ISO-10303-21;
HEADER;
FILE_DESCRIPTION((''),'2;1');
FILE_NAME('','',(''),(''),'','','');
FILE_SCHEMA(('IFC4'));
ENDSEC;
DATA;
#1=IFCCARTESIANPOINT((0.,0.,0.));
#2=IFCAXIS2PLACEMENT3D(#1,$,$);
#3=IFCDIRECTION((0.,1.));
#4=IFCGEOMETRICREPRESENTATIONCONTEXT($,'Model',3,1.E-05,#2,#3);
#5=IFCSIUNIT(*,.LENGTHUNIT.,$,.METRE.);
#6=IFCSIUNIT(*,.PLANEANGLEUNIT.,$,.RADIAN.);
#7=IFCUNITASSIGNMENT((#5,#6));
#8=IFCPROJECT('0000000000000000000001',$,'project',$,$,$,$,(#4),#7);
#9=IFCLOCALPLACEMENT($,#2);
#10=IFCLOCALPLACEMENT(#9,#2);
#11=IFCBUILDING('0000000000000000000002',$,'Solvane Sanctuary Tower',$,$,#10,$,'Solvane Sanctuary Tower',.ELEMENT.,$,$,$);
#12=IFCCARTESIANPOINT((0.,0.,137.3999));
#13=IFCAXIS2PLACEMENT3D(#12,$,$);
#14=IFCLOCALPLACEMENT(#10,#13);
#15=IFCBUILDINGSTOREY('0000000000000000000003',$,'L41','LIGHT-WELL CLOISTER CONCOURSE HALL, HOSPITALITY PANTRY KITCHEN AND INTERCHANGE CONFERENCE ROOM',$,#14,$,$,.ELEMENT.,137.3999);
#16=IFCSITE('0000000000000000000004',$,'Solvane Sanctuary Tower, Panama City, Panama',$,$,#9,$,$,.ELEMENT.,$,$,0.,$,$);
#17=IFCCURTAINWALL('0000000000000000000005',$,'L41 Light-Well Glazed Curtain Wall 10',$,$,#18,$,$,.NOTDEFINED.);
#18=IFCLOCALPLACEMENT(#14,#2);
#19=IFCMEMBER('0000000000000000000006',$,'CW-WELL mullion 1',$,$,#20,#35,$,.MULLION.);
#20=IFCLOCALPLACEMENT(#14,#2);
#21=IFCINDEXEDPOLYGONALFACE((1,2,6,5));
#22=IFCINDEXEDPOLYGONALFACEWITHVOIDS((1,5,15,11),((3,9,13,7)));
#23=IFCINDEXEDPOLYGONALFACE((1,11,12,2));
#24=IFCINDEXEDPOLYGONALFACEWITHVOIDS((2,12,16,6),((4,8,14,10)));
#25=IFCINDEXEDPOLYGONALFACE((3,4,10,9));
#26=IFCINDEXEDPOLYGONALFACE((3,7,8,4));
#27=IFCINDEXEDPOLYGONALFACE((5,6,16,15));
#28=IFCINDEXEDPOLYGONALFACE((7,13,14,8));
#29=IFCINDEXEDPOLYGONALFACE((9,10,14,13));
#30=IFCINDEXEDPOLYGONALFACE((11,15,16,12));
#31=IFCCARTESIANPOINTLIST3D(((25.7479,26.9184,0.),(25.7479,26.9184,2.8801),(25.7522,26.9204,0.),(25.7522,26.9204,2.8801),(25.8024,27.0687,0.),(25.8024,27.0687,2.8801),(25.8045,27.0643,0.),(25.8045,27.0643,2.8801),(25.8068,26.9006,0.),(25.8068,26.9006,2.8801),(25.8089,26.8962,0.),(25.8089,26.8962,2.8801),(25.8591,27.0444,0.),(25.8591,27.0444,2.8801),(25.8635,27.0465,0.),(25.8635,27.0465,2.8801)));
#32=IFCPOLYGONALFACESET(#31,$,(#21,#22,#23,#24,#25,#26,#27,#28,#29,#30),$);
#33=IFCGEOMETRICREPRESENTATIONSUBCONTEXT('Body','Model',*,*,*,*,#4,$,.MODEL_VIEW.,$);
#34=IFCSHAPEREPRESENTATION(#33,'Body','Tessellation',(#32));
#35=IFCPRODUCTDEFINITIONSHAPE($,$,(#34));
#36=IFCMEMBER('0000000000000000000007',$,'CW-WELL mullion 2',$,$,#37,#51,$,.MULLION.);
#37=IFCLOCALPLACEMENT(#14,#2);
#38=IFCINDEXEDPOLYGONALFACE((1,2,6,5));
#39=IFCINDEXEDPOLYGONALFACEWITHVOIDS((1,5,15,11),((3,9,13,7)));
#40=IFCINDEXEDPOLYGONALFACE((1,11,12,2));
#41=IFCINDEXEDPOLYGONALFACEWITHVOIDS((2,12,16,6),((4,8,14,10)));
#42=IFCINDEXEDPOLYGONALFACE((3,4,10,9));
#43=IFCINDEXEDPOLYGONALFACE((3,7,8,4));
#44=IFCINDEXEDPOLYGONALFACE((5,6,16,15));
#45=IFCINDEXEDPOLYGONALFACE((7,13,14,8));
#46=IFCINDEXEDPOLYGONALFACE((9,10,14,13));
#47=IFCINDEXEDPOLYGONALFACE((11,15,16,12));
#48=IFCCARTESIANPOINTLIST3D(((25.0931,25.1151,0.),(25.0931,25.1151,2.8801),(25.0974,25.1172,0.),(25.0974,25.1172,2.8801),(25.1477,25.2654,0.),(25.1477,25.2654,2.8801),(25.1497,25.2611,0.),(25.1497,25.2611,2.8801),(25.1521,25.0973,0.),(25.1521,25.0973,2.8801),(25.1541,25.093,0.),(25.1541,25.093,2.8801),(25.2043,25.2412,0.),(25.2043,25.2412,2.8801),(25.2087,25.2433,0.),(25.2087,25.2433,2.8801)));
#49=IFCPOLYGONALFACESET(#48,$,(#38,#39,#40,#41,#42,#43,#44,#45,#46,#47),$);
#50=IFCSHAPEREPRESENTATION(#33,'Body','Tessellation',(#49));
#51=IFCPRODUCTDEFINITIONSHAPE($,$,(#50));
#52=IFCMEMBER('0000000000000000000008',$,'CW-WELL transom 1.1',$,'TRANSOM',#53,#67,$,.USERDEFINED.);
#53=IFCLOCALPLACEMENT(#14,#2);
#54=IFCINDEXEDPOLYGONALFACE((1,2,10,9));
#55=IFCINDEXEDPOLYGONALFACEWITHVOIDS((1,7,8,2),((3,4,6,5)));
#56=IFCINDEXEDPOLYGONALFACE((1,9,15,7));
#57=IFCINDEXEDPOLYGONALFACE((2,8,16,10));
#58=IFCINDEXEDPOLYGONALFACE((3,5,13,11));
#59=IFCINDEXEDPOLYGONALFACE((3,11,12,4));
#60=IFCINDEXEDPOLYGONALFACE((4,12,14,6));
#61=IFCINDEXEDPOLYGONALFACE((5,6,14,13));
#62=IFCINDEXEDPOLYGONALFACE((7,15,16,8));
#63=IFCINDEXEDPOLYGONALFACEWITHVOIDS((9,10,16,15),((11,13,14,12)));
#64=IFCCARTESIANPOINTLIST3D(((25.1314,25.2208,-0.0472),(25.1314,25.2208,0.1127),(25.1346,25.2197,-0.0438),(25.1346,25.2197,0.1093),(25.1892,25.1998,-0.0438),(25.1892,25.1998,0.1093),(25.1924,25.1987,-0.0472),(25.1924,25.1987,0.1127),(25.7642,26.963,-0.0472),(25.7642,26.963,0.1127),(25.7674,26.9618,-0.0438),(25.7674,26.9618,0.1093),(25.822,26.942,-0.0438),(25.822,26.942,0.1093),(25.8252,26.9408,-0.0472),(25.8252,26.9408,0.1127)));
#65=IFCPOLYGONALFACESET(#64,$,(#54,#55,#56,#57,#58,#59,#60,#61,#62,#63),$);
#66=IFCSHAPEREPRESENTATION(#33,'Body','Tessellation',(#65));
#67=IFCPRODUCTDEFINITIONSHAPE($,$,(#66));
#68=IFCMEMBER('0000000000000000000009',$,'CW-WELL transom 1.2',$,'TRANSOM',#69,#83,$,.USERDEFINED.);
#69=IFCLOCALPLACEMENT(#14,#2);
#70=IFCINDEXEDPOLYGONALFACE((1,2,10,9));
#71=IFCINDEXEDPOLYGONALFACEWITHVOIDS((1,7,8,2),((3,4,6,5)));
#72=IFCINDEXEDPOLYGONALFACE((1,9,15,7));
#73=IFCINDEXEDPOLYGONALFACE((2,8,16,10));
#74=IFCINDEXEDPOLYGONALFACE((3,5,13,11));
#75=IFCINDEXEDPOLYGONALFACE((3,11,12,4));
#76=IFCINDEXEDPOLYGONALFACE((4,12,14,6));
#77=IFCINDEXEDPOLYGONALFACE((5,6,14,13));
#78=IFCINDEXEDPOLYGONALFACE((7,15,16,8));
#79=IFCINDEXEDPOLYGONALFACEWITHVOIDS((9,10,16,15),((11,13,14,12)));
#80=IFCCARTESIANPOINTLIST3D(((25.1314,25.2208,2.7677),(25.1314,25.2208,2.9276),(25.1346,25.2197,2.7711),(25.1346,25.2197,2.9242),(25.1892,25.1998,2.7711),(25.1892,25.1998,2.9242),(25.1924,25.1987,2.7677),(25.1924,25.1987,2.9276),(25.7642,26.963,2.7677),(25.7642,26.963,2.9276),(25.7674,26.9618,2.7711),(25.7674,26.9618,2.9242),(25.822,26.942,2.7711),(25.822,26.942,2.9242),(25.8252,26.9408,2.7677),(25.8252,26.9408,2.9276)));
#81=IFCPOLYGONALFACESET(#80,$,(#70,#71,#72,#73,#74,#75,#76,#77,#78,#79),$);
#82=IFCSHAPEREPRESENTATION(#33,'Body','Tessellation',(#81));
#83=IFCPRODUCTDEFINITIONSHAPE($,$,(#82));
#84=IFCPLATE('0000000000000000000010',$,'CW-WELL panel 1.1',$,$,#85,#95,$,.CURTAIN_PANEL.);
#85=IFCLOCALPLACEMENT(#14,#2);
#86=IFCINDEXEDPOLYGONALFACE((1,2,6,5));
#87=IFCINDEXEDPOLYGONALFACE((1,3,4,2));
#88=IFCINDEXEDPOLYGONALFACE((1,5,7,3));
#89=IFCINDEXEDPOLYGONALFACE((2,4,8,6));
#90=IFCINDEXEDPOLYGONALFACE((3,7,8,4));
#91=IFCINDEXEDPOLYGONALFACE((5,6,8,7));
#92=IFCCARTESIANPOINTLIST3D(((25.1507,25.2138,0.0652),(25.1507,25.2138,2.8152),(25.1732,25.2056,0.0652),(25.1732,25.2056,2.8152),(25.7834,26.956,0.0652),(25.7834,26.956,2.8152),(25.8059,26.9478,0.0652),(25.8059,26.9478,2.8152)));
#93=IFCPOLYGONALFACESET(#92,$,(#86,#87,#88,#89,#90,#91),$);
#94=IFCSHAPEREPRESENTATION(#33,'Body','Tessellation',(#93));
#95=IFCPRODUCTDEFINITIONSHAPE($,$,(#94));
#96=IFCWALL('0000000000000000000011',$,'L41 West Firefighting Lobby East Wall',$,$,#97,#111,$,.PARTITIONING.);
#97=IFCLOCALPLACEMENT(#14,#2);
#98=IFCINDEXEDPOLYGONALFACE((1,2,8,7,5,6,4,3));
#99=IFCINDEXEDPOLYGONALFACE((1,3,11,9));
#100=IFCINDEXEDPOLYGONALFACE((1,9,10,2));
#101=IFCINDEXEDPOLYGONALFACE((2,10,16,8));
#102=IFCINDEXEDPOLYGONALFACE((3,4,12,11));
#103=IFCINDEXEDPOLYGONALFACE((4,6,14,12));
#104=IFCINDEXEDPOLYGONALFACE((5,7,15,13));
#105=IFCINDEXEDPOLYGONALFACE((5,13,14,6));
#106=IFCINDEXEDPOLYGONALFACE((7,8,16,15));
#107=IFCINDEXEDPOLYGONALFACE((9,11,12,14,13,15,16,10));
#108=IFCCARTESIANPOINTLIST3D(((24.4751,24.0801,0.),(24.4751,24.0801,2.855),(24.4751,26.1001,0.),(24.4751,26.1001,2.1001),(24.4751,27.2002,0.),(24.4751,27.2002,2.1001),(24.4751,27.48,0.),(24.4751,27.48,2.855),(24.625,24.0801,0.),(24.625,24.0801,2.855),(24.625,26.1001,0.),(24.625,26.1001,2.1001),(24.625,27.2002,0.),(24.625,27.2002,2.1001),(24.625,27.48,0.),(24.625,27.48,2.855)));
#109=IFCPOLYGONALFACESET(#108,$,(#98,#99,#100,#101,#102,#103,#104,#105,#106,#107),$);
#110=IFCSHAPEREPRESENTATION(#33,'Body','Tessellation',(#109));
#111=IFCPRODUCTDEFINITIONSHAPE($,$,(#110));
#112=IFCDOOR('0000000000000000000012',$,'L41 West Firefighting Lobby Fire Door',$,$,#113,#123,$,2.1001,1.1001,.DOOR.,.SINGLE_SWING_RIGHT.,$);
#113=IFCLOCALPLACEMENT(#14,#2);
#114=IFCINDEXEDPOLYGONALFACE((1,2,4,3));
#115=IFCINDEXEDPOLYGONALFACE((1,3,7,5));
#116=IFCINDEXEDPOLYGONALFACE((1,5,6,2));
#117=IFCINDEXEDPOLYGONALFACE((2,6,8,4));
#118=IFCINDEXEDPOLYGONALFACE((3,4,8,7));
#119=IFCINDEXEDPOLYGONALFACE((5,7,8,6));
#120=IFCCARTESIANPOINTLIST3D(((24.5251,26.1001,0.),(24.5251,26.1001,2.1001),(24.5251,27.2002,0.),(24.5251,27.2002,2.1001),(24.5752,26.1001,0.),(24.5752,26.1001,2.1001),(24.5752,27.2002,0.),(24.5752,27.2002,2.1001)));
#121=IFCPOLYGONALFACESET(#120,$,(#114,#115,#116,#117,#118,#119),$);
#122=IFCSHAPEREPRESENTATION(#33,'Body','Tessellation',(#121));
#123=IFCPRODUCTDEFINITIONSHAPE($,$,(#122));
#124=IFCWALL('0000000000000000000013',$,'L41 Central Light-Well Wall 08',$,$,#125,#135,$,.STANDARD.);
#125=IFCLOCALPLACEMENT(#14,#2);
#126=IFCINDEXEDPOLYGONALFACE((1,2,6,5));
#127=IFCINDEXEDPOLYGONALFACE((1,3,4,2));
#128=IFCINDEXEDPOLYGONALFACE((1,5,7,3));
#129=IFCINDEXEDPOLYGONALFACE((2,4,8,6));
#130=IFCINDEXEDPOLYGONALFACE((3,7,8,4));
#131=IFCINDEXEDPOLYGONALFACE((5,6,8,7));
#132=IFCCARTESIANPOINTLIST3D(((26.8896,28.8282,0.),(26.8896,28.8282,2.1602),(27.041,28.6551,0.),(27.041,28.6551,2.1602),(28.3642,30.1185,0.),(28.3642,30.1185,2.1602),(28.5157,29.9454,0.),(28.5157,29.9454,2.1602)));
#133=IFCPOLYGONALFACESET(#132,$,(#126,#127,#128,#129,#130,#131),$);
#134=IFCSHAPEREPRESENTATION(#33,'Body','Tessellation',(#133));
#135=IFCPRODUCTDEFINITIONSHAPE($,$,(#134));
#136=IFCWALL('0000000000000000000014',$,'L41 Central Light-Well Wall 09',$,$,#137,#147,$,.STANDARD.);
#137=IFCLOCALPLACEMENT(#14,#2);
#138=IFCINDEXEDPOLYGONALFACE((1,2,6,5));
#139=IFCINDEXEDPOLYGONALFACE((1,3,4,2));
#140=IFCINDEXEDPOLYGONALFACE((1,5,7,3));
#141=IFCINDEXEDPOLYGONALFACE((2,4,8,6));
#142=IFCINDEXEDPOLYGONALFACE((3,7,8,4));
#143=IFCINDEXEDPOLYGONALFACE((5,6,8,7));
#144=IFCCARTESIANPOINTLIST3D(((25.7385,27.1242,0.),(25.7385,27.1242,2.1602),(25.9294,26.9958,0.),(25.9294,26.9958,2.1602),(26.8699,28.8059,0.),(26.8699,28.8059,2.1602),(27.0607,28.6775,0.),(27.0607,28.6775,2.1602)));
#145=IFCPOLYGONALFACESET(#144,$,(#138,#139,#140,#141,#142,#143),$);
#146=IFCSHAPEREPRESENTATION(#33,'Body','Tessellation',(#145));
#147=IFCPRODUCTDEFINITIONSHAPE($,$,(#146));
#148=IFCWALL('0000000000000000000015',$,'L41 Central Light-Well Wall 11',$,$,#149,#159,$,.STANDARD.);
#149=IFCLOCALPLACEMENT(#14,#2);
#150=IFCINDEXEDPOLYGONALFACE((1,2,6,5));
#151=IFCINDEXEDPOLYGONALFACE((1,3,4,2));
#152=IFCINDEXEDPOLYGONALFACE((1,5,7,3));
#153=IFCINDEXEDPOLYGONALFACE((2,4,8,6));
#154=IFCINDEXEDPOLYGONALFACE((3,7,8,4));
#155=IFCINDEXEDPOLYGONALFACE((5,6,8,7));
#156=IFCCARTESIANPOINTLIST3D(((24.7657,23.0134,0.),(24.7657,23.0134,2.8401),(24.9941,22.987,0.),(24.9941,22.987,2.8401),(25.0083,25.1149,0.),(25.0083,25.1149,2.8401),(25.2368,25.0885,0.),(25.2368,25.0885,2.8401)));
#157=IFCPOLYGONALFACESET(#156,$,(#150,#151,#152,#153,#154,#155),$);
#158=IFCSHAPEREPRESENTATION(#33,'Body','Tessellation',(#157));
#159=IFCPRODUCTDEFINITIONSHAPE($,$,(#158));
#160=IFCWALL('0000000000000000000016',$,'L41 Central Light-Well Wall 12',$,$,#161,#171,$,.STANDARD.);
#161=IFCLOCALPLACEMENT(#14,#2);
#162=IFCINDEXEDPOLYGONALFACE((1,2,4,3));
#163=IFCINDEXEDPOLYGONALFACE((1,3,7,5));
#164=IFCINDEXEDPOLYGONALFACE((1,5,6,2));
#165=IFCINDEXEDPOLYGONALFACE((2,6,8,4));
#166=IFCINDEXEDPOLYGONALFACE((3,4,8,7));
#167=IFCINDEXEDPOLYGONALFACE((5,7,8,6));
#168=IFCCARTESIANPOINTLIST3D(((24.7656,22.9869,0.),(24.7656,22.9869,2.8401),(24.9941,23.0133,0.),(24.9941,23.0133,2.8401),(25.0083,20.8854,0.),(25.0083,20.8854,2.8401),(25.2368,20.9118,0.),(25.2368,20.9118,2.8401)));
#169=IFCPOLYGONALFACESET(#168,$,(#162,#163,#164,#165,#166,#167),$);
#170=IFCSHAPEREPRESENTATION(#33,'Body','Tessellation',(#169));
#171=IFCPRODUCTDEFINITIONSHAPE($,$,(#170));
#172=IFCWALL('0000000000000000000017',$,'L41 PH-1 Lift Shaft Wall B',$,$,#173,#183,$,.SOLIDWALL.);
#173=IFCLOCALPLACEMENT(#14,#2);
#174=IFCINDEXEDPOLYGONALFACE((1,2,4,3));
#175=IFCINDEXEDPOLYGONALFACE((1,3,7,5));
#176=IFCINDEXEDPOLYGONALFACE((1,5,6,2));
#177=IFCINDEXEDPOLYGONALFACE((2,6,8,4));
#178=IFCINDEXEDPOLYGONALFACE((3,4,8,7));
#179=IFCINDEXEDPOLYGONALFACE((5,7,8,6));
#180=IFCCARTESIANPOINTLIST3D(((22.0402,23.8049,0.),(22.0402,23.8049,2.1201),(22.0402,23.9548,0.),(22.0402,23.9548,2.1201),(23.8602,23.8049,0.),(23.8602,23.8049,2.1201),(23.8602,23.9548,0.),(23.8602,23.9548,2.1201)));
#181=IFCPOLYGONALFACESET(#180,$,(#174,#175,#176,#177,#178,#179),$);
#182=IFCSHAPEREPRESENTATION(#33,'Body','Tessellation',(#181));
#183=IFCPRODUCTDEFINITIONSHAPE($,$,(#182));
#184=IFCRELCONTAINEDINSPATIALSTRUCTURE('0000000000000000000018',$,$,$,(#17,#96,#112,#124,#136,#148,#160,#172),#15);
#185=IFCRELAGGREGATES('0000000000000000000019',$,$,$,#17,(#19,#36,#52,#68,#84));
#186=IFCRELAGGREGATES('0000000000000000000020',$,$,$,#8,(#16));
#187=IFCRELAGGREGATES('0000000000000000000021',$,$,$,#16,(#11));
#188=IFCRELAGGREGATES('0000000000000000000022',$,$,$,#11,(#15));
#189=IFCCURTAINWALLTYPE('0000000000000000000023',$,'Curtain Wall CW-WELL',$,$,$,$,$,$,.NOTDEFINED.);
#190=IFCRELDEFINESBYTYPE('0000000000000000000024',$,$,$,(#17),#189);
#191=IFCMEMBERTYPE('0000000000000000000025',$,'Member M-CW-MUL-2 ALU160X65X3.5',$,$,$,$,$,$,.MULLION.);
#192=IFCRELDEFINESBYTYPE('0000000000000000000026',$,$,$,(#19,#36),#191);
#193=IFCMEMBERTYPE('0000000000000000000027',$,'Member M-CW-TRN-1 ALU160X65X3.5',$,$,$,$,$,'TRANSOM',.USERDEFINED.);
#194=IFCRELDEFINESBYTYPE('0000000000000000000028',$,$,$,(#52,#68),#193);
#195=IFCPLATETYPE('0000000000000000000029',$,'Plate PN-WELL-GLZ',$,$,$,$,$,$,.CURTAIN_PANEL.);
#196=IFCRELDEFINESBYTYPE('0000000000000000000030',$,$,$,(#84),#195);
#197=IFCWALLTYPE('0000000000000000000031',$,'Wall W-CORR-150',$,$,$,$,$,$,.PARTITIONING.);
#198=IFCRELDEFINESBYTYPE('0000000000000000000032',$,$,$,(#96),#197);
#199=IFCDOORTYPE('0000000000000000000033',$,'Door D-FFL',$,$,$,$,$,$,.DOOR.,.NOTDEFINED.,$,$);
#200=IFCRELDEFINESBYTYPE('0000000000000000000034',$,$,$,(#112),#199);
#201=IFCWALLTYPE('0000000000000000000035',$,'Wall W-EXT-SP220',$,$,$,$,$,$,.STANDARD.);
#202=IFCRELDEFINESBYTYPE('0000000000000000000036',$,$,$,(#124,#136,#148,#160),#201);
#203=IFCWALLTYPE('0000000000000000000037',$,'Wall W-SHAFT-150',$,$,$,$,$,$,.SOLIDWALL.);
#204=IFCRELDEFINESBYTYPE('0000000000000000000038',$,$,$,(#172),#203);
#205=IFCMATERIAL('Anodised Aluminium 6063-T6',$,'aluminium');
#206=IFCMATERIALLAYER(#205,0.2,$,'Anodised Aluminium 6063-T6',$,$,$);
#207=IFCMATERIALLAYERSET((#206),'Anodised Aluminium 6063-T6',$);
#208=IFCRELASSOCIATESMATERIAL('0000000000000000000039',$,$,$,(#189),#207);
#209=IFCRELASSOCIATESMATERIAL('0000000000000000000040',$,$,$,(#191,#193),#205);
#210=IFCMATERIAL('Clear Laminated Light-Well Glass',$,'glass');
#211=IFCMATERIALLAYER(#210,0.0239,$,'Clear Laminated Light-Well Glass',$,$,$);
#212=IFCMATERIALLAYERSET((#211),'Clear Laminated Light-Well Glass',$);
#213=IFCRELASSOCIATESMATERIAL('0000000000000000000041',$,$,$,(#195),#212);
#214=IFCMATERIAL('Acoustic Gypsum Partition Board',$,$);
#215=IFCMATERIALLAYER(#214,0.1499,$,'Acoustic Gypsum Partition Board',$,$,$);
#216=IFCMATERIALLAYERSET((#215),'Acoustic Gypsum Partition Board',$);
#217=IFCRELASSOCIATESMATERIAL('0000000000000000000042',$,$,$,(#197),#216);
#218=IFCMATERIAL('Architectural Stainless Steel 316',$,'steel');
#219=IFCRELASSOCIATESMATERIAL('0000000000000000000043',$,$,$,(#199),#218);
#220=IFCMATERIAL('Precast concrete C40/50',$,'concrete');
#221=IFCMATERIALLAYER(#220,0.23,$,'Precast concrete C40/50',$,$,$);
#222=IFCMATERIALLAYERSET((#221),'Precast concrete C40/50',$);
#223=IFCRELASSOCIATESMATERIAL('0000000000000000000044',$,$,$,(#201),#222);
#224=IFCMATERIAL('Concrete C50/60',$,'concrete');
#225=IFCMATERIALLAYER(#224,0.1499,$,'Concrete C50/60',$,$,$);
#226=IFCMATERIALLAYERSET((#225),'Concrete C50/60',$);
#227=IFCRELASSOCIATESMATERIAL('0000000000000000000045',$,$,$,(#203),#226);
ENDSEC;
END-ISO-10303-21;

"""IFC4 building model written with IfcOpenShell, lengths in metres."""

from ifc_helpers import new_model, si_unit, direction, frame, frame_2d, origin, origin_2d, place, context, subcontext, project, spatial, rectangle, hollow_rectangle, extrude, material, layer, layer_set, material_profile, profile_set, type_object, element, fill, aggregate, save


model = new_model("IFC4")

# Units and contexts
model_context = context("Model", 3, precision=1e-05, world=origin(), true_north=direction((0.0, 1.0)))
body_context = subcontext(model_context, "Body", "Model", "MODEL_VIEW")
ifc_project = project(units=[si_unit("LENGTHUNIT", "METRE"), si_unit("PLANEANGLEUNIT", "RADIAN")], contexts=[model_context])

# Site, building, storey
site_placement = place(None, origin())
site = spatial("IfcSite", under=ifc_project, at=site_placement, Name="Solvane Sanctuary Tower, Panama City, Panama", CompositionType="ELEMENT", RefElevation=0.0)
building_placement = place(site_placement, origin())
building = spatial("IfcBuilding", under=site, at=building_placement, Name="Solvane Sanctuary Tower", LongName="Solvane Sanctuary Tower", CompositionType="ELEMENT")
storey_placement = place(building_placement, frame((0.0, 0.0, 137.3999)))
storey = spatial("IfcBuildingStorey", under=building, at=storey_placement, Name="L41", Description="LIGHT-WELL CLOISTER CONCOURSE HALL, HOSPITALITY PANTRY KITCHEN AND INTERCHANGE CONFERENCE ROOM", CompositionType="ELEMENT", Elevation=137.3999)

# Shared definitions
ifc_material_1 = material(Name="Concrete C50/60", Category="concrete")

# Curtain wall, members, plate
ifc_material_2 = material(Name="Anodised Aluminium 6063-T6", Category="aluminium")
ifc_layer_1 = layer(ifc_material_2, 0.2, Name="Anodised Aluminium 6063-T6")
ifc_layer_set_1 = layer_set([ifc_layer_1], Name="Anodised Aluminium 6063-T6")
curtain_wall_type = type_object("IfcCurtainWallType", Name="Curtain Wall CW-WELL", PredefinedType="NOTDEFINED", material=ifc_layer_set_1)
curtain_wall_placement = place(storey_placement, origin())
curtain_wall = element("IfcCurtainWall", 1, at=curtain_wall_placement, inside=storey, type_object=curtain_wall_type, Name="L41 Light-Well Glazed Curtain Wall 10", PredefinedType="NOTDEFINED")
ifc_material_profile_1 = material_profile(ifc_material_2, hollow_rectangle(XDim=0.0649, YDim=0.1599, WallThickness=0.0034, at=origin_2d()), Name="ALU160X65X3.5")
ifc_profile_set_1 = profile_set([ifc_material_profile_1], Name="Anodised Aluminium 6063-T6")
member_type_1 = type_object("IfcMemberType", Name="Member M-CW-MUL-2 ALU160X65X3.5", PredefinedType="MULLION", material=ifc_profile_set_1)
member_1_placement = place(storey_placement, frame((25.8057, 26.9824, 0.0), z_axis=(0.0, 0.0, 1.0), x_axis=(0.939933, -0.341358, 0.0)))
member_1 = element("IfcMember", 2, at=member_1_placement, type_object=member_type_1, Name="CW-WELL mullion 1", PredefinedType="MULLION", context=body_context, shape_type="SweptSolid", body=[
    extrude(hollow_rectangle(XDim=0.0649, YDim=0.1599, WallThickness=0.0034, at=origin_2d()), origin(), (0.0, 0.0, 1.0), 2.8801),
])
member_2_placement = place(storey_placement, frame((25.1509, 25.1792, 0.0), z_axis=(0.0, 0.0, 1.0), x_axis=(0.939933, -0.341358, 0.0)))
member_2 = element("IfcMember", 3, at=member_2_placement, type_object=member_type_1, Name="CW-WELL mullion 2", PredefinedType="MULLION", context=body_context, shape_type="SweptSolid", body=[
    extrude(hollow_rectangle(XDim=0.0649, YDim=0.1599, WallThickness=0.0034, at=origin_2d()), origin(), (0.0, 0.0, 1.0), 2.8801),
])
ifc_material_profile_2 = material_profile(ifc_material_2, hollow_rectangle(XDim=0.0649, YDim=0.1599, WallThickness=0.0034, at=origin_2d()), Name="ALU160X65X3.5")
ifc_profile_set_2 = profile_set([ifc_material_profile_2], Name="Anodised Aluminium 6063-T6")
member_type_2 = type_object("IfcMemberType", Name="Member M-CW-TRN-1 ALU160X65X3.5", ElementType="TRANSOM", PredefinedType="USERDEFINED", material=ifc_profile_set_2)
member_3_placement = place(storey_placement, frame((25.7947, 26.9519, 0.0327), z_axis=(-0.341405, -0.939916, 0.0), x_axis=(0.939916, -0.341405, 0.0)))
member_3 = element("IfcMember", 4, at=member_3_placement, type_object=member_type_2, Name="CW-WELL transom 1.1", ObjectType="TRANSOM", PredefinedType="USERDEFINED", context=body_context, shape_type="SweptSolid", body=[
    extrude(hollow_rectangle(XDim=0.0649, YDim=0.1599, WallThickness=0.0034, at=origin_2d()), origin(), (0.0, 0.0, 1.0), 1.8535),
])
member_4_placement = place(storey_placement, frame((25.7947, 26.9519, 2.8477), z_axis=(-0.341405, -0.939916, 0.0), x_axis=(0.939916, -0.341405, 0.0)))
member_4 = element("IfcMember", 5, at=member_4_placement, type_object=member_type_2, Name="CW-WELL transom 1.2", ObjectType="TRANSOM", PredefinedType="USERDEFINED", context=body_context, shape_type="SweptSolid", body=[
    extrude(hollow_rectangle(XDim=0.0649, YDim=0.1599, WallThickness=0.0034, at=origin_2d()), origin(), (0.0, 0.0, 1.0), 1.8535),
])
ifc_material_3 = material(Name="Clear Laminated Light-Well Glass", Category="glass")
ifc_layer_2 = layer(ifc_material_3, 0.0239, Name="Clear Laminated Light-Well Glass")
ifc_layer_set_2 = layer_set([ifc_layer_2], Name="Clear Laminated Light-Well Glass")
plate_type = type_object("IfcPlateType", Name="Plate PN-WELL-GLZ", PredefinedType="CURTAIN_PANEL", material=ifc_layer_set_2)
plate_placement = place(storey_placement, frame((25.4783, 26.0808, 0.0652), z_axis=(0.0, 0.0, 1.0), x_axis=(-0.341358, -0.939933, 0.0)))
plate = element("IfcPlate", 6, at=plate_placement, type_object=plate_type, Name="CW-WELL panel 1.1", PredefinedType="CURTAIN_PANEL", context=body_context, shape_type="SweptSolid", body=[
    extrude(rectangle(XDim=1.8535, YDim=0.0239, at=origin_2d()), origin(), (0.0, 0.0, 1.0), 2.75),
])
aggregate(curtain_wall, [member_1, member_2, member_3, member_4, plate])

# Wall, opening, door
ifc_material_4 = material(Name="Acoustic Gypsum Partition Board")
ifc_layer_3 = layer(ifc_material_4, 0.1499, Name="Acoustic Gypsum Partition Board")
ifc_layer_set_3 = layer_set([ifc_layer_3], Name="Acoustic Gypsum Partition Board")
wall_type_1 = type_object("IfcWallType", Name="Wall W-CORR-150", PredefinedType="PARTITIONING", material=ifc_layer_set_3)
wall_1_placement = place(storey_placement, frame((24.55, 24.0801, 0.0), z_axis=(0.0, 0.0, 1.0), x_axis=(0.0, 1.0, 0.0)))
wall_1 = element("IfcWall", 7, at=wall_1_placement, inside=storey, type_object=wall_type_1, Name="L41 West Firefighting Lobby East Wall", PredefinedType="PARTITIONING", context=body_context, shape_type="SweptSolid", body=[
    extrude(rectangle(XDim=3.3999, YDim=0.1499, at=frame_2d((1.7, 0.0))), origin(), (0.0, 0.0, 1.0), 2.855),
])
opening_1_placement = place(wall_1_placement, frame((2.02, 0.0, 0.0)))
opening_1 = element("IfcOpeningElement", 8, at=opening_1_placement, cuts=wall_1, PredefinedType="OPENING", context=body_context, shape_type="SweptSolid", body=[
    extrude(rectangle(XDim=1.1001, YDim=2.1001, at=frame_2d((0.55, 1.05))), frame((0.0, 0.085, 0.0), z_axis=(0.0, -1.0, 0.0), x_axis=(1.0, 0.0, 0.0)), (0.0, 0.0, 1.0), 0.1699),
])
ifc_material_5 = material(Name="Architectural Stainless Steel 316", Category="steel")
door_type_1 = type_object("IfcDoorType", Name="Door D-FFL", OperationType="NOTDEFINED", PredefinedType="DOOR", material=ifc_material_5)
door_1_placement = place(opening_1_placement, origin())
door_1 = element("IfcDoor", 9, at=door_1_placement, inside=storey, type_object=door_type_1, Name="L41 West Firefighting Lobby Fire Door", OperationType="SINGLE_SWING_RIGHT", OverallHeight=2.1001, OverallWidth=1.1001, PredefinedType="DOOR", context=body_context, shape_type="SweptSolid", body=[
    extrude(rectangle(XDim=1.1001, YDim=2.1001, at=frame_2d((0.55, 1.05))), frame((0.0, 0.0249, 0.0), z_axis=(0.0, -1.0, 0.0), x_axis=(1.0, 0.0, 0.0)), (0.0, 0.0, 1.0), 0.05),
])
fill(opening_1, door_1)

# Walls
ifc_material_6 = material(Name="Precast concrete C40/50", Category="concrete")
ifc_layer_4 = layer(ifc_material_6, 0.23, Name="Precast concrete C40/50")
ifc_layer_set_4 = layer_set([ifc_layer_4], Name="Precast concrete C40/50")
wall_type_2 = type_object("IfcWallType", Name="Wall W-EXT-SP220", PredefinedType="STANDARD", material=ifc_layer_set_4)
wall_2_placement = place(storey_placement, frame((28.4399, 30.032, 0.0), z_axis=(0.0, 0.0, 1.0), x_axis=(-0.752577, -0.658505, 0.0)))
element("IfcWall", 10, at=wall_2_placement, inside=storey, type_object=wall_type_2, Name="L41 Central Light-Well Wall 08", PredefinedType="STANDARD", context=body_context, shape_type="SweptSolid", body=[
    extrude(rectangle(XDim=1.9595, YDim=0.23, at=frame_2d((0.9797, 0.0))), origin(), (0.0, 0.0, 1.0), 2.1602),
])
wall_3_placement = place(storey_placement, frame((26.9653, 28.7417, 0.0), z_axis=(0.0, 0.0, 1.0), x_axis=(-0.558198, -0.829708, 0.0)))
element("IfcWall", 11, at=wall_3_placement, inside=storey, type_object=wall_type_2, Name="L41 Central Light-Well Wall 09", PredefinedType="STANDARD", context=body_context, shape_type="SweptSolid", body=[
    extrude(rectangle(XDim=2.0269, YDim=0.23, at=frame_2d((1.0134, 0.0))), origin(), (0.0, 0.0, 1.0), 2.1602),
])
for number, where, z_axis, x_axis, name in (
    (12, (25.1226, 25.1016, 0.0), (0.0, 0.0, 1.0), (-0.114712, -0.993399, 0.0), "L41 Central Light-Well Wall 11"),
    (13, (24.8799, 23.0, 0.0), (0.0, 0.0, 1.0), (0.114712, -0.993399, 0.0), "L41 Central Light-Well Wall 12"),
):
    element("IfcWall", number, at=place(storey_placement, frame(where, z_axis=z_axis, x_axis=x_axis)), inside=storey, type_object=wall_type_2, Name=name, PredefinedType="STANDARD", context=body_context, shape_type="SweptSolid", body=[
        extrude(rectangle(XDim=2.1155, YDim=0.23, at=frame_2d((1.0576, 0.0))), origin(), (0.0, 0.0, 1.0), 2.8401),
    ])
ifc_layer_5 = layer(ifc_material_1, 0.1499, Name="Concrete C50/60")
ifc_layer_set_5 = layer_set([ifc_layer_5], Name="Concrete C50/60")
wall_type_3 = type_object("IfcWallType", Name="Wall W-SHAFT-150", PredefinedType="SOLIDWALL", material=ifc_layer_set_5)
wall_4_placement = place(storey_placement, frame((22.04, 23.8799, 0.0), z_axis=(0.0, 0.0, 1.0), x_axis=(1.0, 0.0, 0.0)))
element("IfcWall", 14, at=wall_4_placement, inside=storey, type_object=wall_type_3, Name="L41 PH-1 Lift Shaft Wall B", PredefinedType="SOLIDWALL", context=body_context, shape_type="SweptSolid", body=[
    extrude(rectangle(XDim=1.8201, YDim=0.1499, at=frame_2d((0.9102, 0.0))), origin(), (0.0, 0.0, 1.0), 2.1201),
])

save(model, "model.ifc")
